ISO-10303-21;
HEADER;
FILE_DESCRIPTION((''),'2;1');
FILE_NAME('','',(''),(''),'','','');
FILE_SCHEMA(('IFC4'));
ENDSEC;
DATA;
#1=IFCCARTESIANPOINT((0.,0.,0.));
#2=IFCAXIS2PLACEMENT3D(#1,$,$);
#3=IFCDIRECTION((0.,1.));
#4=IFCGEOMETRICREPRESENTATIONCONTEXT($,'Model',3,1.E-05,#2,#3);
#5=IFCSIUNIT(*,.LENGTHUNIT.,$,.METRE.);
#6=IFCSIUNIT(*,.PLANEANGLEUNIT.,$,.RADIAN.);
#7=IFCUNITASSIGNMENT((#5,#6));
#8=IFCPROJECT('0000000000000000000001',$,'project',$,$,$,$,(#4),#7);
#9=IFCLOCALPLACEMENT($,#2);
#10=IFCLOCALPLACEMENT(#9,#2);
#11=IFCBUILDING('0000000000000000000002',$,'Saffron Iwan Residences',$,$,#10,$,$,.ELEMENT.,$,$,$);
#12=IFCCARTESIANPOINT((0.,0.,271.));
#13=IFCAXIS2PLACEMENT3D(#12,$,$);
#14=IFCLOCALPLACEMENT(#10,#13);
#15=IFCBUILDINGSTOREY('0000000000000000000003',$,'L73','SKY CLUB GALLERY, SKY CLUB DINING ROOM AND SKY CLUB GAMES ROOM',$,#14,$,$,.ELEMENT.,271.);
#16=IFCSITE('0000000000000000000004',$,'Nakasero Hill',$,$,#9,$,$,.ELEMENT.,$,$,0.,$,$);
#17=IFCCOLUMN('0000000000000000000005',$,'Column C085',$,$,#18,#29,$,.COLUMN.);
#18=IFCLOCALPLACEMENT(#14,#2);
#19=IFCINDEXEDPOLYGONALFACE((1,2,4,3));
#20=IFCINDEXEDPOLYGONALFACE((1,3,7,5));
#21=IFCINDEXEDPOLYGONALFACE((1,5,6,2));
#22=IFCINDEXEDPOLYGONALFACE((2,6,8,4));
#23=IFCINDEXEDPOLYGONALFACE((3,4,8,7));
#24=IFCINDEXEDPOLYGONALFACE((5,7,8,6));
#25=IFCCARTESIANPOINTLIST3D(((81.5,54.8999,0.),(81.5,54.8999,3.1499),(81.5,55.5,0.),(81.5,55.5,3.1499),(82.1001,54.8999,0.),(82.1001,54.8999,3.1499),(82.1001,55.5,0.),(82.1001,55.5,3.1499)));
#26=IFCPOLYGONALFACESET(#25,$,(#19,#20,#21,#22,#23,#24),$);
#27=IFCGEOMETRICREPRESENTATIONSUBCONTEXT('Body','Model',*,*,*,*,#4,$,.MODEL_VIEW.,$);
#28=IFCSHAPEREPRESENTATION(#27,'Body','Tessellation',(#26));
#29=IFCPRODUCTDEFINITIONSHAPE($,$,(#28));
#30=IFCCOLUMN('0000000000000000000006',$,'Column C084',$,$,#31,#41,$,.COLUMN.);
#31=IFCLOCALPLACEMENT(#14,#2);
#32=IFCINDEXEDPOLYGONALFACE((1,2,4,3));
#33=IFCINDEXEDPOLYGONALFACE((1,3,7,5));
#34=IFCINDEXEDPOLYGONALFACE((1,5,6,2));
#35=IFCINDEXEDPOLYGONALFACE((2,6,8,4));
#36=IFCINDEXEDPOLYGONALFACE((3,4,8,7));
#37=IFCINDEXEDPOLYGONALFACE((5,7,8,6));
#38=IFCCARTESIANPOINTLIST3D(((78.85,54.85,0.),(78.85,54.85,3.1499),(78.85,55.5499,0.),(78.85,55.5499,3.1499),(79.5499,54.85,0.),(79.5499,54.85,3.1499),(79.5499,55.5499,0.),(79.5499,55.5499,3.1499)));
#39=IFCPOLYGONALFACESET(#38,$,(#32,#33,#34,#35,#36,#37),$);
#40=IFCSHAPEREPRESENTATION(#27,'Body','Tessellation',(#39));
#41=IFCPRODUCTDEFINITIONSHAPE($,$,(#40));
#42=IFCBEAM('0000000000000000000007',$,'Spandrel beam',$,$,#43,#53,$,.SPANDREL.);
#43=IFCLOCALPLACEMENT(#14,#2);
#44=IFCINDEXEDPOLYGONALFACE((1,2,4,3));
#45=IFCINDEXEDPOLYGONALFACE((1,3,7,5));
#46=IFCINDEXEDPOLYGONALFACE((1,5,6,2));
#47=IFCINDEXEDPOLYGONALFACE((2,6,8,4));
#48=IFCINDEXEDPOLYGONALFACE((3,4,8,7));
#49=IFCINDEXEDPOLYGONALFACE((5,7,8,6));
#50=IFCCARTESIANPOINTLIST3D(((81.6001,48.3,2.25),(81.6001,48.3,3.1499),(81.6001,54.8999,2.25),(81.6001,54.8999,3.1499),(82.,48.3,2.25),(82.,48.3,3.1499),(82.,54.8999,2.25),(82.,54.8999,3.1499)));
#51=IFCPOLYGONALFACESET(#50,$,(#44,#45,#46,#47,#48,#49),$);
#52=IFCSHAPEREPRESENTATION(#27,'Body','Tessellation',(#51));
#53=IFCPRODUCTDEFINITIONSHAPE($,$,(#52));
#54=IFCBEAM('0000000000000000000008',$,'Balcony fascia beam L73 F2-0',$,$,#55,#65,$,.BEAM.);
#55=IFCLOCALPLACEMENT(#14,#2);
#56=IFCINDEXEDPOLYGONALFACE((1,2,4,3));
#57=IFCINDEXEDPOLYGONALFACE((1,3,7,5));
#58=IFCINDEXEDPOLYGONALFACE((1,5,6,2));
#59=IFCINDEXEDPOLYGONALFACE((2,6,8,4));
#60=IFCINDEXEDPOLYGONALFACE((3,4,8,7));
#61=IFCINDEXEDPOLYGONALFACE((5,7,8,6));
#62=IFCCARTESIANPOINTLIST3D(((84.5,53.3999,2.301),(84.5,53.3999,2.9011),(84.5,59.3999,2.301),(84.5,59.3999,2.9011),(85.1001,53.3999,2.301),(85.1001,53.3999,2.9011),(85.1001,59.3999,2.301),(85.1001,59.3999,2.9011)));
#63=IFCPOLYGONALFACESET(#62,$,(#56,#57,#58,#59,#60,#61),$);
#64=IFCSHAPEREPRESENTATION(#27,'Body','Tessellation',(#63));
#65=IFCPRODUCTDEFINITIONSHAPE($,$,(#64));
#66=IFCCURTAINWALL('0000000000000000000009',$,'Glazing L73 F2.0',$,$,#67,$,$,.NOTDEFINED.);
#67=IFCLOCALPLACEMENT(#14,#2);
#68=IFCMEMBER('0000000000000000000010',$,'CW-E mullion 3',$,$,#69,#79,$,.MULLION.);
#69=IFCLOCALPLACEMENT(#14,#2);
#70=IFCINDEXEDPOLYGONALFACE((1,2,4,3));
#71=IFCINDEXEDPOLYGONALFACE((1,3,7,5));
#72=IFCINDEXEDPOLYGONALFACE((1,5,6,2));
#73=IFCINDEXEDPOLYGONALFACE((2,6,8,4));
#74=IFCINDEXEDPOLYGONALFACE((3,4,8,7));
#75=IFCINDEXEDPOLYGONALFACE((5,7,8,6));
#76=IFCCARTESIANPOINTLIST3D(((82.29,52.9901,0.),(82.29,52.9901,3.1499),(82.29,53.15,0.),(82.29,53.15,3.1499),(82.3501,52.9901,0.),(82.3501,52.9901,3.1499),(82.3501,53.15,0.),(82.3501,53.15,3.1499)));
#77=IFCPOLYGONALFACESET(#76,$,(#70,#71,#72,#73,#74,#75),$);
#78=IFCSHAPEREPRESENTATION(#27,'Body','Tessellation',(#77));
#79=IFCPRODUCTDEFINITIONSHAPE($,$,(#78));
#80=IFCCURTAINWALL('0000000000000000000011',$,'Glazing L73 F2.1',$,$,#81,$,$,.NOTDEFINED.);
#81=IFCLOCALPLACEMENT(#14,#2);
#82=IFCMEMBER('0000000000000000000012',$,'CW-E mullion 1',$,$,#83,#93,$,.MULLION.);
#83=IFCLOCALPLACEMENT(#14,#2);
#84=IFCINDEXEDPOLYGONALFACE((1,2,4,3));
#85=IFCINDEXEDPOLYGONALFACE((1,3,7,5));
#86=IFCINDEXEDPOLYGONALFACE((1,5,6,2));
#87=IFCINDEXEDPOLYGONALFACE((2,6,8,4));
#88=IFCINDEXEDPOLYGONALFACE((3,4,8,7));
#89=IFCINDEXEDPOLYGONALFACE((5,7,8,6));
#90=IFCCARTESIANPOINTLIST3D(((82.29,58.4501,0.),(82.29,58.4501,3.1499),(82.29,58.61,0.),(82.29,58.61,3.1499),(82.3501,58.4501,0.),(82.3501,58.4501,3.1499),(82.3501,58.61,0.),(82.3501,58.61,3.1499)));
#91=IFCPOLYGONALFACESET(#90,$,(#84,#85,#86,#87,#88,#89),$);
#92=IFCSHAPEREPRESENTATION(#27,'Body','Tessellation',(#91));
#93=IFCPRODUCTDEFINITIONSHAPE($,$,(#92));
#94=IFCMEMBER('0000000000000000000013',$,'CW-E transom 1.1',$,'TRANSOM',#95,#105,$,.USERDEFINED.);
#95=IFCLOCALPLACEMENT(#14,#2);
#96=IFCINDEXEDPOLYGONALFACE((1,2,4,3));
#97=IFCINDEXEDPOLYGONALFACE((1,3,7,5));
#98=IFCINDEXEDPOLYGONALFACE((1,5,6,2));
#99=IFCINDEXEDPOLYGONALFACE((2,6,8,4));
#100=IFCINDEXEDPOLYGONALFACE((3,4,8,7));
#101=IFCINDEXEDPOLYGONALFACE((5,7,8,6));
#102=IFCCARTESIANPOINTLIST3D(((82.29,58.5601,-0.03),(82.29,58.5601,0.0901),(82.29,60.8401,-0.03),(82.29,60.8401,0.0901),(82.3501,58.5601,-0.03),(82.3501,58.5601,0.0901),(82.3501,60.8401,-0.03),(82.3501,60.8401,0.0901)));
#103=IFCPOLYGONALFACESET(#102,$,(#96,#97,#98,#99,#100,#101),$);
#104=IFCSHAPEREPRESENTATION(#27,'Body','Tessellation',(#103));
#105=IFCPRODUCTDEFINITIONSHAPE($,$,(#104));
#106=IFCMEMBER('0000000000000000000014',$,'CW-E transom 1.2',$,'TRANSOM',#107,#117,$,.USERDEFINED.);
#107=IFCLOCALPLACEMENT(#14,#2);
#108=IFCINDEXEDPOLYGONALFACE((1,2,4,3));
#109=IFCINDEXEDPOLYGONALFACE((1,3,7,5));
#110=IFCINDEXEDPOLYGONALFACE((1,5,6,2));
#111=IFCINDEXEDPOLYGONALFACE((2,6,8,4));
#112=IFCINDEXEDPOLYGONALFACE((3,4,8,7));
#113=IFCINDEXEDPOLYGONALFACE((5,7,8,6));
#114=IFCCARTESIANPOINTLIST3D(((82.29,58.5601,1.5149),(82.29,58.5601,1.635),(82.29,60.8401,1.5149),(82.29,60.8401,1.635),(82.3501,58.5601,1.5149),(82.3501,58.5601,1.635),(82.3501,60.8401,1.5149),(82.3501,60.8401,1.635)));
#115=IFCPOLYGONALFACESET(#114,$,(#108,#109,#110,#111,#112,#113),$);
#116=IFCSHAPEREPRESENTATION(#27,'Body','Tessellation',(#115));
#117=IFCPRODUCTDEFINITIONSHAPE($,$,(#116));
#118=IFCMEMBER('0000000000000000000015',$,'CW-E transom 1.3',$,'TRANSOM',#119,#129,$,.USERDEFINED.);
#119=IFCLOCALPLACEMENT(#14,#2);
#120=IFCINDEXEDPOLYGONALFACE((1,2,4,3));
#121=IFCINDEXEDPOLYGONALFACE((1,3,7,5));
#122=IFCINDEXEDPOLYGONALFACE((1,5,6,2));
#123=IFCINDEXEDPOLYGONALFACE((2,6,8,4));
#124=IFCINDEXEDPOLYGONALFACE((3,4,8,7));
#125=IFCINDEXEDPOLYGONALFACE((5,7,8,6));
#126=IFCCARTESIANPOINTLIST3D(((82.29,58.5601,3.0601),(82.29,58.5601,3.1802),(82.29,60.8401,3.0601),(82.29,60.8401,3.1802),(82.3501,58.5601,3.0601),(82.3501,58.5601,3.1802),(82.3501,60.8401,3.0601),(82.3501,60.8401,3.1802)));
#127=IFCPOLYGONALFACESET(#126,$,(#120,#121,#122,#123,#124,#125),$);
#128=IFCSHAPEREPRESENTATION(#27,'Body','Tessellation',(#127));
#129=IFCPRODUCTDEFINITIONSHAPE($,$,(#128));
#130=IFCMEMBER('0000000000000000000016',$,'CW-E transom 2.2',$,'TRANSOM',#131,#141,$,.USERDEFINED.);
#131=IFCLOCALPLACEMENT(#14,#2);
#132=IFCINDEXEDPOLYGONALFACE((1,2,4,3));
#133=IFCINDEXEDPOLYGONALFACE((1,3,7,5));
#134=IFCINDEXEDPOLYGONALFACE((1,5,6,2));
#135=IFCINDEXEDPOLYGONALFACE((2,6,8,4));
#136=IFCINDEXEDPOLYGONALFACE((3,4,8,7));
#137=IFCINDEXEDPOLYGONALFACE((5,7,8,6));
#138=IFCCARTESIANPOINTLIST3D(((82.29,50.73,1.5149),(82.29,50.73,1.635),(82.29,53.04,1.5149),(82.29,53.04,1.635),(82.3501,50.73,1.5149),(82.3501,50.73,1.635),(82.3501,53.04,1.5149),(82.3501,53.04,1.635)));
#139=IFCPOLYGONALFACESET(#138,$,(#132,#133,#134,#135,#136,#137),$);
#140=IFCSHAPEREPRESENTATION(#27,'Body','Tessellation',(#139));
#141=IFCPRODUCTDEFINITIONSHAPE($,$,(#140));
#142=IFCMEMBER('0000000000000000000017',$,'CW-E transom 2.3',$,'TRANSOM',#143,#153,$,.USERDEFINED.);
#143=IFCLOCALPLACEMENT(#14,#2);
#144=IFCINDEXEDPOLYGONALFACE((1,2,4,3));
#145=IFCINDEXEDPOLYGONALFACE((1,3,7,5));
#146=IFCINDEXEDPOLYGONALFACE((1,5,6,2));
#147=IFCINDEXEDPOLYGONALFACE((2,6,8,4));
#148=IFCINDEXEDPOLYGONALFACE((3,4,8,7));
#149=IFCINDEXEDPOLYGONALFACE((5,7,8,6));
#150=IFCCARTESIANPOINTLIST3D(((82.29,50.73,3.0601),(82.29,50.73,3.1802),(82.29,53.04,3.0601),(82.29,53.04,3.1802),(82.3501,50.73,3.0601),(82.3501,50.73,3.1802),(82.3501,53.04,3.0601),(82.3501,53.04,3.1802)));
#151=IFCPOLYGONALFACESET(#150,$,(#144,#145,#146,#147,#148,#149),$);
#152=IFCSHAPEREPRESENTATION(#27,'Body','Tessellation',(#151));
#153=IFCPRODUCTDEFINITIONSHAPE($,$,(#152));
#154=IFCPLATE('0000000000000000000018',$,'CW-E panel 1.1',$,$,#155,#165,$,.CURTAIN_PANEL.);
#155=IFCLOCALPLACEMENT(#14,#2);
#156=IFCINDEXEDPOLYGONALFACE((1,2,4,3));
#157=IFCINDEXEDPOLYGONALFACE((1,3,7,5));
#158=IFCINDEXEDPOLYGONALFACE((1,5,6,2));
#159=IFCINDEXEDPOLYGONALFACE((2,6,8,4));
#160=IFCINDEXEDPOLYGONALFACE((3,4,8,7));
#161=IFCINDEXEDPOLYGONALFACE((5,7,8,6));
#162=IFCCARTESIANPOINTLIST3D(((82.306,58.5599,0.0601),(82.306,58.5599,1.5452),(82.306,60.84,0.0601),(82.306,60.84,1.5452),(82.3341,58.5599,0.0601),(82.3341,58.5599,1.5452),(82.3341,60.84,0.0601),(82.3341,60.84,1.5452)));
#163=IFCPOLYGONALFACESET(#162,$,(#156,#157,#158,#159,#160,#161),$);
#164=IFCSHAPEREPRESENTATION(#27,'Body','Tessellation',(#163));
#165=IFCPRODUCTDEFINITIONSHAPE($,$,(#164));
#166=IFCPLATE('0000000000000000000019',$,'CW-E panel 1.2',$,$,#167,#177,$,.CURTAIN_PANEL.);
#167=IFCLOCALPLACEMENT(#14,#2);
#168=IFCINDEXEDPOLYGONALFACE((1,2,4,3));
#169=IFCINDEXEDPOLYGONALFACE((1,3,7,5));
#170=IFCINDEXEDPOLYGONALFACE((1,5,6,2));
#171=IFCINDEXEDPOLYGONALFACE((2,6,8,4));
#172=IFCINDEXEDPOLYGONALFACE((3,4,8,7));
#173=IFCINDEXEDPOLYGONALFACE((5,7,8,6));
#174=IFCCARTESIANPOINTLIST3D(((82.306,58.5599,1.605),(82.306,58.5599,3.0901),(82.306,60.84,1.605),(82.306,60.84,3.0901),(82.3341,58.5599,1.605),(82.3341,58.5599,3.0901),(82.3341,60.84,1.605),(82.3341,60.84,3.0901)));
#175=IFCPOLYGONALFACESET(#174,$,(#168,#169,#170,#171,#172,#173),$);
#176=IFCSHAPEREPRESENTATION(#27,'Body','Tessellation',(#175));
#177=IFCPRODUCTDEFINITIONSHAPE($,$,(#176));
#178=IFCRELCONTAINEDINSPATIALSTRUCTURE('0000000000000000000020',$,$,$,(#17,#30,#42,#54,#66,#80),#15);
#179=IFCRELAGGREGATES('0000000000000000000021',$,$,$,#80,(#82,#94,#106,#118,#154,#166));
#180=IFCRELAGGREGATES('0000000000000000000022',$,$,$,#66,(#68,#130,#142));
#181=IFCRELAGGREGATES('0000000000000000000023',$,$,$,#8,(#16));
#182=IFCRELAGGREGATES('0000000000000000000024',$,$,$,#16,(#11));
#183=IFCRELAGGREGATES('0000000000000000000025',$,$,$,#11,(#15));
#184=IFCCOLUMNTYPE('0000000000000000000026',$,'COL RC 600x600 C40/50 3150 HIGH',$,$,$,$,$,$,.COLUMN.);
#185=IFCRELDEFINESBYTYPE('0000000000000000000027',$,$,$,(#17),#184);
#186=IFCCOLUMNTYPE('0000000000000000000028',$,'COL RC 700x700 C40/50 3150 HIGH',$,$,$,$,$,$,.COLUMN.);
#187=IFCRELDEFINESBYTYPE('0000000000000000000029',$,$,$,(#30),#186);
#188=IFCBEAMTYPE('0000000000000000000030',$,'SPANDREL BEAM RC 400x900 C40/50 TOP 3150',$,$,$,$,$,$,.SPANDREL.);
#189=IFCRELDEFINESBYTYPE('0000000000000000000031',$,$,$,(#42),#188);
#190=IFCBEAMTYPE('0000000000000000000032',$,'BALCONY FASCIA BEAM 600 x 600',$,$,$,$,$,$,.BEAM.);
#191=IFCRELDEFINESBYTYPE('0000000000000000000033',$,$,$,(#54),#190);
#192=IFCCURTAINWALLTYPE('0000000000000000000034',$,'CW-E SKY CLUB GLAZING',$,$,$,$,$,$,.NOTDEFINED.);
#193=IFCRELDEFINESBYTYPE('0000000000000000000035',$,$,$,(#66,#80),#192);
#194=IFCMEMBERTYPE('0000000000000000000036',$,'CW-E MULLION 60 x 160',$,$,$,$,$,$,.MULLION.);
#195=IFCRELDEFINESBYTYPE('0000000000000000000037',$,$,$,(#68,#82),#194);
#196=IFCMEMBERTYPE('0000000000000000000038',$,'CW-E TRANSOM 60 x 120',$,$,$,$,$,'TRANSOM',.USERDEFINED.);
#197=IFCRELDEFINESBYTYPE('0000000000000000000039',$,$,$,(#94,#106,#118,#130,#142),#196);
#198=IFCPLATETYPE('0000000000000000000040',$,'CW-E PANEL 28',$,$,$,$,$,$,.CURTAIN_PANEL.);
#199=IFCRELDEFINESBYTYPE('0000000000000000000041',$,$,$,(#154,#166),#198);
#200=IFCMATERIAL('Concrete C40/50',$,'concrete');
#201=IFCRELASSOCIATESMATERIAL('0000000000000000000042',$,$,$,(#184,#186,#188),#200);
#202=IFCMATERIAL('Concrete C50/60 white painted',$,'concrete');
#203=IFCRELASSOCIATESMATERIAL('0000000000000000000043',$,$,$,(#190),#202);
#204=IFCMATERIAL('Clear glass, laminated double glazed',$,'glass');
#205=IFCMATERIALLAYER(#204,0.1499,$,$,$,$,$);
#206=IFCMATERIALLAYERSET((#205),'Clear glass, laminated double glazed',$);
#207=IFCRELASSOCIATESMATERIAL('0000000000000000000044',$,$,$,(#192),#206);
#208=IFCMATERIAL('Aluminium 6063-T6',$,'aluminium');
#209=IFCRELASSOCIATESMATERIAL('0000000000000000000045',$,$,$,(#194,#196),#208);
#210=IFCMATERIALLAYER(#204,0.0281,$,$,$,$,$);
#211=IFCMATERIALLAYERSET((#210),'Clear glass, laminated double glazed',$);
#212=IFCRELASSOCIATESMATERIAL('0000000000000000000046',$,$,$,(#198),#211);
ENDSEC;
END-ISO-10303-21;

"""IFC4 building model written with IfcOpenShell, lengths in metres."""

from ifc_helpers import new_model, si_unit, direction, frame, origin, origin_2d, place, context, subcontext, project, spatial, rectangle, extrude, source, transform, mapped, material, layer, layer_set, material_profile, profile_set, type_object, element, aggregate, save


model = new_model("IFC4")

# Units and contexts
model_context = context("Model", 3, precision=1e-05, world=origin(), true_north=direction((0.0, 1.0)))
body_context = subcontext(model_context, "Body", "Model", "MODEL_VIEW")
ifc_project = project(units=[si_unit("LENGTHUNIT", "METRE"), si_unit("PLANEANGLEUNIT", "RADIAN")], contexts=[model_context])

# Site, building, storey
site_placement = place(None, origin())
site = spatial("IfcSite", under=ifc_project, at=site_placement, Name="Nakasero Hill", CompositionType="ELEMENT", RefElevation=0.0)
building_placement = place(site_placement, origin())
building = spatial("IfcBuilding", under=site, at=building_placement, Name="Saffron Iwan Residences", CompositionType="ELEMENT")
storey_placement = place(building_placement, frame((0.0, 0.0, 271.0)))
storey = spatial("IfcBuildingStorey", under=building, at=storey_placement, Name="L73", Description="SKY CLUB GALLERY, SKY CLUB DINING ROOM AND SKY CLUB GAMES ROOM", CompositionType="ELEMENT", Elevation=271.0)

# Columns
ifc_material_1 = material(Name="Concrete C40/50", Category="concrete")
ifc_material_profile_1 = material_profile(ifc_material_1, rectangle(XDim=0.6001, YDim=0.6001, at=origin_2d()), Name="RC 600x600")
ifc_profile_set_1 = profile_set([ifc_material_profile_1], Name="Concrete C40/50")
column_type_1 = type_object("IfcColumnType", Name="COL RC 600x600 C40/50 3150 HIGH", PredefinedType="COLUMN", material=ifc_profile_set_1)
shared_shape_1 = source(origin(), body_context, "Body", "SweptSolid", [
    extrude(rectangle(XDim=0.6001, YDim=0.6001, at=origin_2d()), origin(), (0.0, 0.0, 1.0), 3.1499),
])
column_1_placement = place(storey_placement, frame((81.8, 55.2, 0.0), z_axis=(0.0, 0.0, 1.0), x_axis=(1.0, 0.0, 0.0)))
element("IfcColumn", 1, at=column_1_placement, inside=storey, type_object=column_type_1, Name="Column C085", PredefinedType="COLUMN", context=body_context, shape_type="MappedRepresentation", body=[
    mapped(shared_shape_1, transform((0.0, 0.0, 0.0))),
])
ifc_material_profile_2 = material_profile(ifc_material_1, rectangle(XDim=0.7, YDim=0.7, at=origin_2d()), Name="RC 700x700")
ifc_profile_set_2 = profile_set([ifc_material_profile_2], Name="Concrete C40/50")
column_type_2 = type_object("IfcColumnType", Name="COL RC 700x700 C40/50 3150 HIGH", PredefinedType="COLUMN", material=ifc_profile_set_2)
shared_shape_2 = source(origin(), body_context, "Body", "SweptSolid", [
    extrude(rectangle(XDim=0.7, YDim=0.7, at=origin_2d()), origin(), (0.0, 0.0, 1.0), 3.1499),
])
column_2_placement = place(storey_placement, frame((79.2, 55.2, 0.0), z_axis=(0.0, 0.0, 1.0), x_axis=(1.0, 0.0, 0.0)))
element("IfcColumn", 2, at=column_2_placement, inside=storey, type_object=column_type_2, Name="Column C084", PredefinedType="COLUMN", context=body_context, shape_type="MappedRepresentation", body=[
    mapped(shared_shape_2, transform((0.0, 0.0, 0.0))),
])

# Beams
ifc_material_profile_3 = material_profile(ifc_material_1, rectangle(XDim=0.3999, YDim=0.8999, at=origin_2d()), Name="RC 400x900")
ifc_profile_set_3 = profile_set([ifc_material_profile_3], Name="Concrete C40/50")
beam_type_1 = type_object("IfcBeamType", Name="SPANDREL BEAM RC 400x900 C40/50 TOP 3150", PredefinedType="SPANDREL", material=ifc_profile_set_3)
shared_shape_3 = source(origin(), body_context, "Body", "SweptSolid", [
    extrude(rectangle(XDim=0.3999, YDim=0.8999, at=origin_2d()), origin(), (0.0, 0.0, 1.0), 6.5999),
])
beam_1_placement = place(storey_placement, frame((81.8, 54.8999, 2.7), z_axis=(0.0, -1.0, 0.0), x_axis=(1.0, 0.0, 0.0)))
element("IfcBeam", 3, at=beam_1_placement, inside=storey, type_object=beam_type_1, Name="Spandrel beam", PredefinedType="SPANDREL", context=body_context, shape_type="MappedRepresentation", body=[
    mapped(shared_shape_3, transform((0.0, 0.0, 0.0))),
])
ifc_material_2 = material(Name="Concrete C50/60 white painted", Category="concrete")
ifc_material_profile_4 = material_profile(ifc_material_2, rectangle(XDim=0.6001, YDim=0.6001, at=origin_2d()), Name="BALCONY FASCIA BEAM 600 x 600")
ifc_profile_set_4 = profile_set([ifc_material_profile_4], Name="Concrete C50/60 white painted")
beam_type_2 = type_object("IfcBeamType", Name="BALCONY FASCIA BEAM 600 x 600", PredefinedType="BEAM", material=ifc_profile_set_4)
shared_shape_4 = source(origin(), body_context, "Body", "SweptSolid", [
    extrude(rectangle(XDim=0.6001, YDim=0.6001, at=origin_2d()), origin(), (0.0, 0.0, 1.0), 6.0),
])
beam_2_placement = place(storey_placement, frame((84.8, 53.3999, 2.6011), z_axis=(0.0, 1.0, 0.0), x_axis=(-1.0, 0.0, 0.0)))
element("IfcBeam", 4, at=beam_2_placement, inside=storey, type_object=beam_type_2, Name="Balcony fascia beam L73 F2-0", PredefinedType="BEAM", context=body_context, shape_type="MappedRepresentation", body=[
    mapped(shared_shape_4, transform((0.0, 0.0, 0.0))),
])

# Curtain wall, member
ifc_material_3 = material(Name="Clear glass, laminated double glazed", Category="glass")
ifc_layer_1 = layer(ifc_material_3, 0.1499)
ifc_layer_set_1 = layer_set([ifc_layer_1], Name="Clear glass, laminated double glazed")
curtain_wall_type = type_object("IfcCurtainWallType", Name="CW-E SKY CLUB GLAZING", PredefinedType="NOTDEFINED", material=ifc_layer_set_1)
curtain_wall_1_placement = place(storey_placement, origin())
curtain_wall_1 = element("IfcCurtainWall", 5, at=curtain_wall_1_placement, inside=storey, type_object=curtain_wall_type, Name="Glazing L73 F2.0", PredefinedType="NOTDEFINED")
ifc_material_4 = material(Name="Aluminium 6063-T6", Category="aluminium")
ifc_material_profile_5 = material_profile(ifc_material_4, rectangle(XDim=0.0601, YDim=0.1599, at=origin_2d()), Name="CW-E MULLION 60 x 160")
ifc_profile_set_5 = profile_set([ifc_material_profile_5], Name="Aluminium 6063-T6")
member_type_1 = type_object("IfcMemberType", Name="CW-E MULLION 60 x 160", PredefinedType="MULLION", material=ifc_profile_set_5)
shared_shape_5 = source(origin(), body_context, "Body", "SweptSolid", [
    extrude(rectangle(XDim=0.0601, YDim=0.1599, at=origin_2d()), origin(), (0.0, 0.0, 1.0), 3.1499),
])
member_1_placement = place(storey_placement, frame((82.3201, 53.0701, 0.0), z_axis=(0.0, 0.0, 1.0), x_axis=(-1.0, 0.0, 0.0)))
member_1 = element("IfcMember", 6, at=member_1_placement, type_object=member_type_1, Name="CW-E mullion 3", PredefinedType="MULLION", context=body_context, shape_type="MappedRepresentation", body=[
    mapped(shared_shape_5, transform((0.0, 0.0, 0.0))),
])

# Curtain wall, members
curtain_wall_2_placement = place(storey_placement, origin())
curtain_wall_2 = element("IfcCurtainWall", 7, at=curtain_wall_2_placement, inside=storey, type_object=curtain_wall_type, Name="Glazing L73 F2.1", PredefinedType="NOTDEFINED")
member_2_placement = place(storey_placement, frame((82.3201, 58.53, 0.0), z_axis=(0.0, 0.0, 1.0), x_axis=(-1.0, 0.0, 0.0)))
member_2 = element("IfcMember", 8, at=member_2_placement, type_object=member_type_1, Name="CW-E mullion 1", PredefinedType="MULLION", context=body_context, shape_type="MappedRepresentation", body=[
    mapped(shared_shape_5, transform((0.0, 0.0, 0.0))),
])
ifc_material_profile_6 = material_profile(ifc_material_4, rectangle(XDim=0.0601, YDim=0.1201, at=origin_2d()), Name="CW-E TRANSOM 60 x 120")
ifc_profile_set_6 = profile_set([ifc_material_profile_6], Name="Aluminium 6063-T6")
member_type_2 = type_object("IfcMemberType", Name="CW-E TRANSOM 60 x 120", ElementType="TRANSOM", PredefinedType="USERDEFINED", material=ifc_profile_set_6)
shared_shape_6 = source(origin(), body_context, "Body", "SweptSolid", [
    extrude(rectangle(XDim=0.0601, YDim=0.1201, at=origin_2d()), origin(), (0.0, 0.0, 1.0), 2.28),
])
member_3_placement = place(storey_placement, frame((82.3201, 58.5601, 0.03), z_axis=(0.0, 1.0, 0.0), x_axis=(-1.0, 0.0, 0.0)))
member_3 = element("IfcMember", 9, at=member_3_placement, type_object=member_type_2, Name="CW-E transom 1.1", ObjectType="TRANSOM", PredefinedType="USERDEFINED", context=body_context, shape_type="MappedRepresentation", body=[
    mapped(shared_shape_6, transform((0.0, 0.0, 0.0))),
])
member_4_placement = place(storey_placement, frame((82.3201, 58.5601, 1.575), z_axis=(0.0, 1.0, 0.0), x_axis=(-1.0, 0.0, 0.0)))
member_4 = element("IfcMember", 10, at=member_4_placement, type_object=member_type_2, Name="CW-E transom 1.2", ObjectType="TRANSOM", PredefinedType="USERDEFINED", context=body_context, shape_type="MappedRepresentation", body=[
    mapped(shared_shape_6, transform((0.0, 0.0, 0.0))),
])
member_5_placement = place(storey_placement, frame((82.3201, 58.5601, 3.1201), z_axis=(0.0, 1.0, 0.0), x_axis=(-1.0, 0.0, 0.0)))
member_5 = element("IfcMember", 11, at=member_5_placement, type_object=member_type_2, Name="CW-E transom 1.3", ObjectType="TRANSOM", PredefinedType="USERDEFINED", context=body_context, shape_type="MappedRepresentation", body=[
    mapped(shared_shape_6, transform((0.0, 0.0, 0.0))),
])

# Members
shared_shape_7 = source(origin(), body_context, "Body", "SweptSolid", [
    extrude(rectangle(XDim=0.0601, YDim=0.1201, at=origin_2d()), origin(), (0.0, 0.0, 1.0), 2.3101),
])
member_6_placement = place(storey_placement, frame((82.3201, 50.73, 1.575), z_axis=(0.0, 1.0, 0.0), x_axis=(-1.0, 0.0, 0.0)))
member_6 = element("IfcMember", 12, at=member_6_placement, type_object=member_type_2, Name="CW-E transom 2.2", ObjectType="TRANSOM", PredefinedType="USERDEFINED", context=body_context, shape_type="MappedRepresentation", body=[
    mapped(shared_shape_7, transform((0.0, 0.0, 0.0))),
])
member_7_placement = place(storey_placement, frame((82.3201, 50.73, 3.1201), z_axis=(0.0, 1.0, 0.0), x_axis=(-1.0, 0.0, 0.0)))
member_7 = element("IfcMember", 13, at=member_7_placement, type_object=member_type_2, Name="CW-E transom 2.3", ObjectType="TRANSOM", PredefinedType="USERDEFINED", context=body_context, shape_type="MappedRepresentation", body=[
    mapped(shared_shape_7, transform((0.0, 0.0, 0.0))),
])

# Plates
ifc_layer_2 = layer(ifc_material_3, 0.0281)
ifc_layer_set_2 = layer_set([ifc_layer_2], Name="Clear glass, laminated double glazed")
plate_type = type_object("IfcPlateType", Name="CW-E PANEL 28", PredefinedType="CURTAIN_PANEL", material=ifc_layer_set_2)
shared_shape_8 = source(origin(), body_context, "Body", "SweptSolid", [
    extrude(rectangle(XDim=2.28, YDim=0.0281, at=origin_2d()), origin(), (0.0, 0.0, 1.0), 1.4851),
])
plate_1_placement = place(storey_placement, frame((82.3201, 59.7, 0.0601), z_axis=(0.0, 0.0, 1.0), x_axis=(0.0, 1.0, 0.0)))
plate_1 = element("IfcPlate", 14, at=plate_1_placement, type_object=plate_type, Name="CW-E panel 1.1", PredefinedType="CURTAIN_PANEL", context=body_context, shape_type="MappedRepresentation", body=[
    mapped(shared_shape_8, transform((0.0, 0.0, 0.0))),
])
plate_2_placement = place(storey_placement, frame((82.3201, 59.7, 1.605), z_axis=(0.0, 0.0, 1.0), x_axis=(0.0, 1.0, 0.0)))
plate_2 = element("IfcPlate", 15, at=plate_2_placement, type_object=plate_type, Name="CW-E panel 1.2", PredefinedType="CURTAIN_PANEL", context=body_context, shape_type="MappedRepresentation", body=[
    mapped(shared_shape_8, transform((0.0, 0.0, 0.0))),
])
aggregate(curtain_wall_2, [member_2, member_3, member_4, member_5, plate_1, plate_2])
aggregate(curtain_wall_1, [member_1, member_6, member_7])

save(model, "model.ifc")
